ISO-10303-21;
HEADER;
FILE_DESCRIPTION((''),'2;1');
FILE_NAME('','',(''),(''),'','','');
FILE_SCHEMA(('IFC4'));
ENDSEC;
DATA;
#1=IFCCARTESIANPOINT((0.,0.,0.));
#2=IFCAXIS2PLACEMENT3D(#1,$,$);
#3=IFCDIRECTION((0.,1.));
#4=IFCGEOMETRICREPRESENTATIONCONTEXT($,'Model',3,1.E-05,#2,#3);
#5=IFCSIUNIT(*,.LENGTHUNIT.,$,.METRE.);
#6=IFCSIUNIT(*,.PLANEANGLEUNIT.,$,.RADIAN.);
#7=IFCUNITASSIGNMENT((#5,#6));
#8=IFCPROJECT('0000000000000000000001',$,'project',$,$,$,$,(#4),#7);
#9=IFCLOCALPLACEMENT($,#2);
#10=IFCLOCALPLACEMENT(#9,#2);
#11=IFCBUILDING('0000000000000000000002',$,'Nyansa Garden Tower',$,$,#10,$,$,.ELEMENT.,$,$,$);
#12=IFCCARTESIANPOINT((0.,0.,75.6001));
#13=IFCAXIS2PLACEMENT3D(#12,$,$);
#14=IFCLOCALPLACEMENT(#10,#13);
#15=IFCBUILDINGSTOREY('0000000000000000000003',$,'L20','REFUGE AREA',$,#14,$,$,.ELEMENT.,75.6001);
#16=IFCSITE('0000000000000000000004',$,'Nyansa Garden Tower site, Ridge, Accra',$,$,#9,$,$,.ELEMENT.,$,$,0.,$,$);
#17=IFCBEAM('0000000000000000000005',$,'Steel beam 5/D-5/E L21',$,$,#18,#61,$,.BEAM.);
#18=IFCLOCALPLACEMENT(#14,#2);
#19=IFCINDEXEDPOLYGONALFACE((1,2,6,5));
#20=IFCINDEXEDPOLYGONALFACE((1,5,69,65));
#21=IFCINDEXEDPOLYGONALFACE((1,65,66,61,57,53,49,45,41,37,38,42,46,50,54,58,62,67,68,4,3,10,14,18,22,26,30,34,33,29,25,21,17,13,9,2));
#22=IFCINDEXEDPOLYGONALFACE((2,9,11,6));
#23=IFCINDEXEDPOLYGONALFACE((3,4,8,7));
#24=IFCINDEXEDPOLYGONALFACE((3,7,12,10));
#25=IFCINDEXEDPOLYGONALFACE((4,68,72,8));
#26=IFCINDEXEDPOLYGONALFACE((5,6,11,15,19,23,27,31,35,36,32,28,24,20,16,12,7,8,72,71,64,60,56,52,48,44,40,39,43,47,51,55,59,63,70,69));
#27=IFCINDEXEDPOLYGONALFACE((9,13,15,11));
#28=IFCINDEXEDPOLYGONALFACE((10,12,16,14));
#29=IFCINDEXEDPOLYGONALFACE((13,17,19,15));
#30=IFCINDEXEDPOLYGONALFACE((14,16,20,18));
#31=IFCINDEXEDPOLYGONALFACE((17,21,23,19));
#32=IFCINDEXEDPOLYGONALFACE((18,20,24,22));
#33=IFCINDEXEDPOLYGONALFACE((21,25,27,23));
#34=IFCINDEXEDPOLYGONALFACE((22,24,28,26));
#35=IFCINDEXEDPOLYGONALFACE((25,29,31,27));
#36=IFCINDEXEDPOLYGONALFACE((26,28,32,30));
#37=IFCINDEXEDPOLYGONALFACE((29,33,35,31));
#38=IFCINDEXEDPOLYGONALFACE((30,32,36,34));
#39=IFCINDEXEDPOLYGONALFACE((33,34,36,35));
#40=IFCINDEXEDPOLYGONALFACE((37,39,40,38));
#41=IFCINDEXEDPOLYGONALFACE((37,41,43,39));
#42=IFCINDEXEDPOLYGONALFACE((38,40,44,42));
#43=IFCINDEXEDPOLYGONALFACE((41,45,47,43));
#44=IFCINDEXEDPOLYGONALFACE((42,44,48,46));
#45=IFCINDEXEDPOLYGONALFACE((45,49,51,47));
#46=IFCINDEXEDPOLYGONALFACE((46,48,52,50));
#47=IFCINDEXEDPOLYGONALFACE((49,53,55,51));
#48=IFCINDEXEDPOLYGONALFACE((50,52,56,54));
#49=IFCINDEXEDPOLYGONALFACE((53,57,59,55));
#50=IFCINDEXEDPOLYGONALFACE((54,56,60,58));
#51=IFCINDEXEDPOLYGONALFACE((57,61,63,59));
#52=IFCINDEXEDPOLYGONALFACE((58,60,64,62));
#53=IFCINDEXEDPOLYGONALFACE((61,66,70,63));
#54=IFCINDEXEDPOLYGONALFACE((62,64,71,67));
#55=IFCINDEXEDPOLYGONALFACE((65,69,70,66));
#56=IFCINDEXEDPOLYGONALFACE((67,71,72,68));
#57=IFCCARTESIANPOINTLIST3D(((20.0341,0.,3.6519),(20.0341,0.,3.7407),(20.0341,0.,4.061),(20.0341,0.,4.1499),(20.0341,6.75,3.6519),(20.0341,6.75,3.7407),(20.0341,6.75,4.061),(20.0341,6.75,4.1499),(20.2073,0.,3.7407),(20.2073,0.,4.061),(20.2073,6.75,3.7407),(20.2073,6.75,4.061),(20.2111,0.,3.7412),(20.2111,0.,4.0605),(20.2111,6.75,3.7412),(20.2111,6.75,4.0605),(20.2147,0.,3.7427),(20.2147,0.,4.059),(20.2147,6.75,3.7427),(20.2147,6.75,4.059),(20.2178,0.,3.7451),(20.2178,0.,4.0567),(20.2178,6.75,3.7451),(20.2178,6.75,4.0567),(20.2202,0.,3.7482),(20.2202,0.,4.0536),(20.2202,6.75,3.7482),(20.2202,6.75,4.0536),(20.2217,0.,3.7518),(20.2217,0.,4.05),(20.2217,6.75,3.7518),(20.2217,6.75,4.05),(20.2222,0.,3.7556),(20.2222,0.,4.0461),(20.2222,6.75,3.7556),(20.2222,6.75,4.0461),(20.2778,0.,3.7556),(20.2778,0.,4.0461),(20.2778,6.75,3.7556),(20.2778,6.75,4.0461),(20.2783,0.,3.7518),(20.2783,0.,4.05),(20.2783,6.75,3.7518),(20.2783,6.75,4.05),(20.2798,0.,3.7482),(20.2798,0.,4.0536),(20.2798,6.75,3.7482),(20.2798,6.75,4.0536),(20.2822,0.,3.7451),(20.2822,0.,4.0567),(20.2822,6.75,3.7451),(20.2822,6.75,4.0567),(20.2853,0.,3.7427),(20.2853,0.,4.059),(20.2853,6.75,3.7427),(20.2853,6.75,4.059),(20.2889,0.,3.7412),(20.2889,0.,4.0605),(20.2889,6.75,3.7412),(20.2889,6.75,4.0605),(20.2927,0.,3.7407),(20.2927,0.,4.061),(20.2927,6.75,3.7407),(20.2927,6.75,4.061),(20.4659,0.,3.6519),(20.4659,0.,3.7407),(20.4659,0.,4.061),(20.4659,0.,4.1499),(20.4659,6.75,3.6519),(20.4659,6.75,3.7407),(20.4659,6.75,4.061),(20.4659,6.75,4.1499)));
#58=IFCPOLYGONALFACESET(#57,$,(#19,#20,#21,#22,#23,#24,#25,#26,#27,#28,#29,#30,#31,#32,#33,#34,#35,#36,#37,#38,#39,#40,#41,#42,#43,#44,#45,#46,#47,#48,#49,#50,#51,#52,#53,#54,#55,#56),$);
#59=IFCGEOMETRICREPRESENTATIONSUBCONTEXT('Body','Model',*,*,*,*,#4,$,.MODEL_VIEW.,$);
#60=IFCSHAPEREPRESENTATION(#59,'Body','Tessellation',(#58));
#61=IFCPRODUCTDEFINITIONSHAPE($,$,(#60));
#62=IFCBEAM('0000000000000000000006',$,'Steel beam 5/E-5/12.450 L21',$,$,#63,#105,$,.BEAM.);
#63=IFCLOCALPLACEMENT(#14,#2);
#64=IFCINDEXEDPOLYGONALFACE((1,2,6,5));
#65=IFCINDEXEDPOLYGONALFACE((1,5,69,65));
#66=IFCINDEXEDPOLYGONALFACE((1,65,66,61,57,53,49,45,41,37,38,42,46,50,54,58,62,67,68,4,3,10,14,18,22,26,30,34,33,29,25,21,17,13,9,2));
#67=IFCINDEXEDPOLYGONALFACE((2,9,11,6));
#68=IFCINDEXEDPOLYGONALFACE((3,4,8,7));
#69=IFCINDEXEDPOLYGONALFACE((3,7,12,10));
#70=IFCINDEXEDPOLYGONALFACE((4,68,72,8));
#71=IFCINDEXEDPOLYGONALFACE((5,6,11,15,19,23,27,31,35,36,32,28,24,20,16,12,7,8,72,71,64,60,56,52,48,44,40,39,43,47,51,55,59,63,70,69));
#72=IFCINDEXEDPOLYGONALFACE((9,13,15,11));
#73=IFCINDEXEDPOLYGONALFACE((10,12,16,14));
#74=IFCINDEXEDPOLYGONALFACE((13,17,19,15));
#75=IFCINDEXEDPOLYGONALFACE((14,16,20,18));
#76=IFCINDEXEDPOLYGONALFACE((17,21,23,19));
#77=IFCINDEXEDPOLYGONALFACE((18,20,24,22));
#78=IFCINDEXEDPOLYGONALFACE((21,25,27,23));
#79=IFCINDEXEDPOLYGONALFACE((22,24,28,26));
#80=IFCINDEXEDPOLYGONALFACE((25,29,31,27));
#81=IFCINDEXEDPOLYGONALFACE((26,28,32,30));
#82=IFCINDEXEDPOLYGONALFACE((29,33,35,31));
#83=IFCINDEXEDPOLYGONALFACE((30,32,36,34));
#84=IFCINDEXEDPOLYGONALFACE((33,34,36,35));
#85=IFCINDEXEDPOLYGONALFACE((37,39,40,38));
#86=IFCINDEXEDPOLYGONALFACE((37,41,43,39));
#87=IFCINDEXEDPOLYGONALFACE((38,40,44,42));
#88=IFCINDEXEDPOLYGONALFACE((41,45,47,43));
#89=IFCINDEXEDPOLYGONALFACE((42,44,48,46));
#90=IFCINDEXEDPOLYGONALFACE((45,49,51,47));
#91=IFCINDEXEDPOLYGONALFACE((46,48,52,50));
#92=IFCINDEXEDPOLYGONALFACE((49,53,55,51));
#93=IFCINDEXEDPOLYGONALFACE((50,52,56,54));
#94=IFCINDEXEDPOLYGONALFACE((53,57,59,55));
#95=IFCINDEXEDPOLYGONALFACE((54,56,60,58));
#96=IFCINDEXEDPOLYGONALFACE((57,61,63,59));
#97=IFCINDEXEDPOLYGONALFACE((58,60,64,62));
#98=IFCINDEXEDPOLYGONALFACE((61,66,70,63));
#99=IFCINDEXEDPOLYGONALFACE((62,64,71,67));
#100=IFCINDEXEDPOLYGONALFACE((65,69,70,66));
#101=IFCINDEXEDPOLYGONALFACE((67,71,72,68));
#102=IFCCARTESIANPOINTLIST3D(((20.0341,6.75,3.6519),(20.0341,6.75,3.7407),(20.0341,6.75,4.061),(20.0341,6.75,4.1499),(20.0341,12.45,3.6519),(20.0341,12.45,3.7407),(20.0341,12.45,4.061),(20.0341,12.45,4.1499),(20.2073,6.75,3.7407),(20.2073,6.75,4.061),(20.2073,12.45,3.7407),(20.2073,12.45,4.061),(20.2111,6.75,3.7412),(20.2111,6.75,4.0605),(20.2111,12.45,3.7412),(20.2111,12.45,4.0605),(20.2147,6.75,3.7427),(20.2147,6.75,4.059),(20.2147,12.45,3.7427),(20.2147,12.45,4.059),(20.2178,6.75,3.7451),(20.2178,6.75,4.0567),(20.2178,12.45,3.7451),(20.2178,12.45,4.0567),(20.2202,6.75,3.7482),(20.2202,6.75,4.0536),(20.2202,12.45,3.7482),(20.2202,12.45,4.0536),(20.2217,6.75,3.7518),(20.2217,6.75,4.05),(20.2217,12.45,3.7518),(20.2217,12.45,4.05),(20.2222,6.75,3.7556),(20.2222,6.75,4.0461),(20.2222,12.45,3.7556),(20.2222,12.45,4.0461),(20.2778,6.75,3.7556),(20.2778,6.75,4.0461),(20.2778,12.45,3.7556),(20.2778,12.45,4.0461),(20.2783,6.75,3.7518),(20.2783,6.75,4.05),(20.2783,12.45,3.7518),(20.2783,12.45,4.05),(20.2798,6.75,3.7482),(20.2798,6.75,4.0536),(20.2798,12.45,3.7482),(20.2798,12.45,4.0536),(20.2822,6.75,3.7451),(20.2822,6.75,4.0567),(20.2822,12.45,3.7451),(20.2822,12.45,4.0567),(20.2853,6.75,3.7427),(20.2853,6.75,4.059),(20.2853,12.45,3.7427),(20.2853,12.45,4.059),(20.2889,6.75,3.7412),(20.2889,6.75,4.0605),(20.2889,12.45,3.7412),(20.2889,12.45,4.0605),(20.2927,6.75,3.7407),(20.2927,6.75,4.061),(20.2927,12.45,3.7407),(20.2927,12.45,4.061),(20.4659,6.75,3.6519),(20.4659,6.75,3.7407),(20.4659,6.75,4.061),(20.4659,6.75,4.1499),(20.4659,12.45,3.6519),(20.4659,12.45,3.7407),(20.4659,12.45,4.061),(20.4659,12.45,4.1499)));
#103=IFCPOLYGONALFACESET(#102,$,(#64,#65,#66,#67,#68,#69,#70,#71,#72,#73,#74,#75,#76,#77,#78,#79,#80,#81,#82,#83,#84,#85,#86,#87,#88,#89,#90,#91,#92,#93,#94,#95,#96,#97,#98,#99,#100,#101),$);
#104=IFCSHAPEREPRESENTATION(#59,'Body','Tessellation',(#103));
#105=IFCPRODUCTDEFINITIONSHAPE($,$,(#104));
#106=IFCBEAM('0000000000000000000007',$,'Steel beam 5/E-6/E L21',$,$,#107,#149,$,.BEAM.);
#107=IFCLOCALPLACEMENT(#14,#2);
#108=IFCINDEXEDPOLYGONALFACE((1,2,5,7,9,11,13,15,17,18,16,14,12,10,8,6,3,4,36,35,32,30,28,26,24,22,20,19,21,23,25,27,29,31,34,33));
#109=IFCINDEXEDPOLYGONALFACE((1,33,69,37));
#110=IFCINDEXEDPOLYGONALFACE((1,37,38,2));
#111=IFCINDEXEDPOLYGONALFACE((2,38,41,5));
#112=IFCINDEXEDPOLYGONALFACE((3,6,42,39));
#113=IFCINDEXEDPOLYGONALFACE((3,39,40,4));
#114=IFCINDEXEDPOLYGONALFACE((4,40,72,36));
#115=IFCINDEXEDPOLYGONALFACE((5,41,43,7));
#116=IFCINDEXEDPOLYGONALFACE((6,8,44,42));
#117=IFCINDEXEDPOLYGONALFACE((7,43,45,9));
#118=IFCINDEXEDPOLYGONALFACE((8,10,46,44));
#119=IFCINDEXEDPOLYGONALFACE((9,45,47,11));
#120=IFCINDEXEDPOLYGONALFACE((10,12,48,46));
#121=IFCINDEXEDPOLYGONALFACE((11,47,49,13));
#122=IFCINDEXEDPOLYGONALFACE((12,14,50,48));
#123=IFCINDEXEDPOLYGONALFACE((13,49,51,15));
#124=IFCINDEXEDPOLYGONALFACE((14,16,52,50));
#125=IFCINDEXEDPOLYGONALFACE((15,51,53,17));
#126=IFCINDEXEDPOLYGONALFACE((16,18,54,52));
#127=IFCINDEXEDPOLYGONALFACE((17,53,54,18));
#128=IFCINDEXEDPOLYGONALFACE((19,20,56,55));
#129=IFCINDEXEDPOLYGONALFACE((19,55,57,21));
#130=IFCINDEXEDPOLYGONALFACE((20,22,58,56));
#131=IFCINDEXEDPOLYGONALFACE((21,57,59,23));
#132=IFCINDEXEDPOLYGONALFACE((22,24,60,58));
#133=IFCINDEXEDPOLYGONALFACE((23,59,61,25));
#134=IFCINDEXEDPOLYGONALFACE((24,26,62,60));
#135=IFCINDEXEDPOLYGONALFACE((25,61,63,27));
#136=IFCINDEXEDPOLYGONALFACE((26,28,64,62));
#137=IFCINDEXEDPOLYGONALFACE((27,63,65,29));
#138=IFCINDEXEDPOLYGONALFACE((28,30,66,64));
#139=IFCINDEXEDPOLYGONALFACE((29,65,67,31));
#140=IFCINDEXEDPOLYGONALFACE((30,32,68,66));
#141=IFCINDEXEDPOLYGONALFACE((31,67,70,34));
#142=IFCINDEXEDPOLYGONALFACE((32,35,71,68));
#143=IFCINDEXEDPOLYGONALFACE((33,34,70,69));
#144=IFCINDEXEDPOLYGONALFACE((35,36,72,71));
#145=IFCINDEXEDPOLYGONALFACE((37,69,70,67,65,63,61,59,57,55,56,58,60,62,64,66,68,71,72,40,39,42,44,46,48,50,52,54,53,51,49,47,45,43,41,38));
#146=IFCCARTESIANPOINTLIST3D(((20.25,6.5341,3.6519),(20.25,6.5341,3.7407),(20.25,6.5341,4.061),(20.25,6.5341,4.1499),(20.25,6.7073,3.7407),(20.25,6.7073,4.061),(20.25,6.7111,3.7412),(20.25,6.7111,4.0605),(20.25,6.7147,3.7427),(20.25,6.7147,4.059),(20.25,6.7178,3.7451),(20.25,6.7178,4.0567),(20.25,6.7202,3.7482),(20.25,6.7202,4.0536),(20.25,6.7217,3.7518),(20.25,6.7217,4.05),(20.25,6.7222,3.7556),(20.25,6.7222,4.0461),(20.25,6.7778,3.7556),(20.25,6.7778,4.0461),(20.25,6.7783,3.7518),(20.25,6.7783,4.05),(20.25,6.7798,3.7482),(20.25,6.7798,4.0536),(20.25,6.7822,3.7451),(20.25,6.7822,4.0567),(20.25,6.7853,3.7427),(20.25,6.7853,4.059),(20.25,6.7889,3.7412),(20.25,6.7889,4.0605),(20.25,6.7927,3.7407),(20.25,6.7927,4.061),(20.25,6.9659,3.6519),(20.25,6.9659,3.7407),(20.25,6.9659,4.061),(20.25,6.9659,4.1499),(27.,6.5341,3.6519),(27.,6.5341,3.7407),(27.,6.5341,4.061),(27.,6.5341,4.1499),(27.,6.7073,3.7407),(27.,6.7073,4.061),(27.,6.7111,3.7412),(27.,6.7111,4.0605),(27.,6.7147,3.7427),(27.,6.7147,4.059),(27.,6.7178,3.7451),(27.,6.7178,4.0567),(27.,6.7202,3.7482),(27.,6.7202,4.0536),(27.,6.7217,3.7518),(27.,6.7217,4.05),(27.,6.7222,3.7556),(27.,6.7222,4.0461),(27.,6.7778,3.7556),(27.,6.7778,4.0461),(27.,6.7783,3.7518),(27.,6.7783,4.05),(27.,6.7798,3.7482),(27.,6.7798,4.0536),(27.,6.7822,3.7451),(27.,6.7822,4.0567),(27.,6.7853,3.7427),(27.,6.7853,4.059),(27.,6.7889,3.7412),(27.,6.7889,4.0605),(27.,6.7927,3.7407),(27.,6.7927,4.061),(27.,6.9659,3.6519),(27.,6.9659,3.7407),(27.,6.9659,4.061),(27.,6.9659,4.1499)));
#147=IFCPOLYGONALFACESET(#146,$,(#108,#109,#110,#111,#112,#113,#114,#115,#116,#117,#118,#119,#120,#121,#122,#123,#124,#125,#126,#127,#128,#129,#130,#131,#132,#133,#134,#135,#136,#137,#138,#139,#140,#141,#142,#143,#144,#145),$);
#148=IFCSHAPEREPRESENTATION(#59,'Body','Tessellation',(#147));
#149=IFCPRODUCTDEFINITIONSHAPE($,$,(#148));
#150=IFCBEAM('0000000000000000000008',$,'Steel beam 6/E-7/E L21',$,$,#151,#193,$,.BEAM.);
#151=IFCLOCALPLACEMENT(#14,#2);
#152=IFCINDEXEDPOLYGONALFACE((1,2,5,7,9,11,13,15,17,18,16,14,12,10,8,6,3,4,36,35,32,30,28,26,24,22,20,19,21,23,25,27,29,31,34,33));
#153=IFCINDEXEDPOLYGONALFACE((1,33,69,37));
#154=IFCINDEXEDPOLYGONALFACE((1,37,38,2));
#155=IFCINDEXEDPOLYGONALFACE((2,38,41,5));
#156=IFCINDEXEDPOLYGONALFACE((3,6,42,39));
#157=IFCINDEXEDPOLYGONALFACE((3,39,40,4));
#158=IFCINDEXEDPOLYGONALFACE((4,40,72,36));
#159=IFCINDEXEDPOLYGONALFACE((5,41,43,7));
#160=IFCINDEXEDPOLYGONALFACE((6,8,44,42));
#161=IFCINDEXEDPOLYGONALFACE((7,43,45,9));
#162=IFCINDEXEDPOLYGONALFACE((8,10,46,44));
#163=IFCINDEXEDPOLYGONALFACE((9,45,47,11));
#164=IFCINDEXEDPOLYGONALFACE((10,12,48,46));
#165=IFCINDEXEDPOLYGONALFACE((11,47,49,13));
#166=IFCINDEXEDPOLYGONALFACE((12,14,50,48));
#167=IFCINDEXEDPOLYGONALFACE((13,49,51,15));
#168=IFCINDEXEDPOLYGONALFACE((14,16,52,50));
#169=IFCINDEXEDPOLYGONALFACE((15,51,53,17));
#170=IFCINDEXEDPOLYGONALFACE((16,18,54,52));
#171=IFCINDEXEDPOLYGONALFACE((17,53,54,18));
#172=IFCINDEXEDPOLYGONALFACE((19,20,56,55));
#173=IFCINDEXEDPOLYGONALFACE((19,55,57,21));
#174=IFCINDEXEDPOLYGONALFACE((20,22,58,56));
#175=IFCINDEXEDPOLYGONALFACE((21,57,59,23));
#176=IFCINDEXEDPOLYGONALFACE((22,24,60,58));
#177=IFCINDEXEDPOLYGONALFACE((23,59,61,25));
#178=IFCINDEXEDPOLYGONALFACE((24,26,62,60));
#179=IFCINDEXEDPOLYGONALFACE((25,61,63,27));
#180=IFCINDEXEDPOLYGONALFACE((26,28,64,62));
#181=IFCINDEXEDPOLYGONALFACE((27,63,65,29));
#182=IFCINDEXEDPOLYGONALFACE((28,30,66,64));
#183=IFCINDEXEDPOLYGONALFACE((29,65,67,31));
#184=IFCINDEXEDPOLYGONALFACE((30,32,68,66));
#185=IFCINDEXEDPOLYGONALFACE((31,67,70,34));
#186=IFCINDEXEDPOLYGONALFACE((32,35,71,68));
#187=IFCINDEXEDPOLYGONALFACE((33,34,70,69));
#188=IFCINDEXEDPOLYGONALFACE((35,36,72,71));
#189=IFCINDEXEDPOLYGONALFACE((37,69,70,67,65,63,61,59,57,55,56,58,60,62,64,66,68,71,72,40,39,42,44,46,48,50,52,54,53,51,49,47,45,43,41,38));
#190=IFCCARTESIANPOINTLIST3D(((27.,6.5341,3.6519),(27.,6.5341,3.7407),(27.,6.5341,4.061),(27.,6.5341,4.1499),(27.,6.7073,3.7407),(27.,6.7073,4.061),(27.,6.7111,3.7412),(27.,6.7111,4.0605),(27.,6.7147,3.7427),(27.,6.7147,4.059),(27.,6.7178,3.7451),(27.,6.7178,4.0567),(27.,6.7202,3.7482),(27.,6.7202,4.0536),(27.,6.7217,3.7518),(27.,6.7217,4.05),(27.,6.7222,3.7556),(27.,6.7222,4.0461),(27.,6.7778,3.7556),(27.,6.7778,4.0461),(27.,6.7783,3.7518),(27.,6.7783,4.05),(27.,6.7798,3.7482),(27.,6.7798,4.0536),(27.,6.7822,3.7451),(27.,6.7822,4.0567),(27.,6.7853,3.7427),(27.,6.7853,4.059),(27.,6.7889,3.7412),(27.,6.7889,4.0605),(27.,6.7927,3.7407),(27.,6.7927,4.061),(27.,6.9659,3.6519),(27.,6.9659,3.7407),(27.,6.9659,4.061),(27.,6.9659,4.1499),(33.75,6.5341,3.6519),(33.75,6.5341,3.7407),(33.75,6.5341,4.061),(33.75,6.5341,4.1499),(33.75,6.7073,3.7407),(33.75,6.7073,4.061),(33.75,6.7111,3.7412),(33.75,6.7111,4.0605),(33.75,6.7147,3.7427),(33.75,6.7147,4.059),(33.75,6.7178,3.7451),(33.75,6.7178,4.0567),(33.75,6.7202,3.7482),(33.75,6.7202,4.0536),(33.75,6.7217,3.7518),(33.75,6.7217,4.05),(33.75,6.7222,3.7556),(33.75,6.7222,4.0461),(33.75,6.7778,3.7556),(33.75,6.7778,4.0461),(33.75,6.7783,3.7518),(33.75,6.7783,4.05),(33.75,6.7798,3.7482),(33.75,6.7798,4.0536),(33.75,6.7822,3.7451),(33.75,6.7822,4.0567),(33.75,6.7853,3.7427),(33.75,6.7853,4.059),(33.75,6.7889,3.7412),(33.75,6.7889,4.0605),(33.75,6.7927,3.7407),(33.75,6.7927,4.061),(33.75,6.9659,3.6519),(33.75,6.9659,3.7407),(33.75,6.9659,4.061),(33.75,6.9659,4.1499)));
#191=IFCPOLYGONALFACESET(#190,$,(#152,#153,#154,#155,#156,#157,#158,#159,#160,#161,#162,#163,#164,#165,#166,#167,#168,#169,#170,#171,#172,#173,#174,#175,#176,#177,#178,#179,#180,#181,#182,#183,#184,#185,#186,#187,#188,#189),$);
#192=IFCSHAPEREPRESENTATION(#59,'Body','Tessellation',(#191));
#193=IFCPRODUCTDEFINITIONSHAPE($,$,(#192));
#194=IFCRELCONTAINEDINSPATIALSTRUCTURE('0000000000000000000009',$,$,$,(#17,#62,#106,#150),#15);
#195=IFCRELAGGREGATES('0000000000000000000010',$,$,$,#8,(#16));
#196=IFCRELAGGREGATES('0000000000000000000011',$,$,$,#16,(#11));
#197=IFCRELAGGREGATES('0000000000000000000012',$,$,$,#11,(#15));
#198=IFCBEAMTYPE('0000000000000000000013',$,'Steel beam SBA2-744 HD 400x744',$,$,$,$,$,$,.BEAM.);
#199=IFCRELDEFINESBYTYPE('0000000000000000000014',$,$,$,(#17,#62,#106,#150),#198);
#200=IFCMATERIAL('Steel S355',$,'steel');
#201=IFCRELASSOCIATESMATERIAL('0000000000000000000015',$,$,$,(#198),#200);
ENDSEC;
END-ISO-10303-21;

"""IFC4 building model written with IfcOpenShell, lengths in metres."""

from ifc_helpers import new_model, si_unit, direction, frame, origin, origin_2d, place, context, subcontext, project, spatial, i_section, extrude, material, material_profile, profile_set, type_object, element, save


model = new_model("IFC4")

# Units and contexts
model_context = context("Model", 3, precision=1e-05, world=origin(), true_north=direction((0.0, 1.0)))
body_context = subcontext(model_context, "Body", "Model", "MODEL_VIEW")
ifc_project = project(units=[si_unit("LENGTHUNIT", "METRE"), si_unit("PLANEANGLEUNIT", "RADIAN")], contexts=[model_context])

# Site, building, storey
site_placement = place(None, origin())
site = spatial("IfcSite", under=ifc_project, at=site_placement, Name="Nyansa Garden Tower site, Ridge, Accra", CompositionType="ELEMENT", RefElevation=0.0)
building_placement = place(site_placement, origin())
building = spatial("IfcBuilding", under=site, at=building_placement, Name="Nyansa Garden Tower", CompositionType="ELEMENT")
storey_placement = place(building_placement, frame((0.0, 0.0, 75.6001)))
storey = spatial("IfcBuildingStorey", under=building, at=storey_placement, Name="L20", Description="REFUGE AREA", CompositionType="ELEMENT", Elevation=75.6001)

# Beams
ifc_material_1 = material(Name="Steel S355", Category="steel")
ifc_material_profile_1 = material_profile(ifc_material_1, i_section(OverallWidth=0.4319, OverallDepth=0.498, WebThickness=0.0557, FlangeThickness=0.0889, FilletRadius=0.0149, at=origin_2d()), Name="HD 400x744")
ifc_profile_set_1 = profile_set([ifc_material_profile_1], Name="Steel S355")
beam_type_1 = type_object("IfcBeamType", Name="Steel beam SBA2-744 HD 400x744", PredefinedType="BEAM", material=ifc_profile_set_1)
beam_1_placement = place(storey_placement, frame((20.25, 0.0, 3.9009), z_axis=(0.0, 1.0, 0.0), x_axis=(-1.0, 0.0, 0.0)))
element("IfcBeam", 1, at=beam_1_placement, inside=storey, type_object=beam_type_1, Name="Steel beam 5/D-5/E L21", PredefinedType="BEAM", context=body_context, shape_type="SweptSolid", body=[
    extrude(i_section(OverallWidth=0.4319, OverallDepth=0.498, WebThickness=0.0557, FlangeThickness=0.0889, FilletRadius=0.0149, at=origin_2d()), origin(), (0.0, 0.0, 1.0), 6.75),
])
beam_2_placement = place(storey_placement, frame((20.25, 6.75, 3.9009), z_axis=(0.0, 1.0, 0.0), x_axis=(-1.0, 0.0, 0.0)))
element("IfcBeam", 2, at=beam_2_placement, inside=storey, type_object=beam_type_1, Name="Steel beam 5/E-5/12.450 L21", PredefinedType="BEAM", context=body_context, shape_type="SweptSolid", body=[
    extrude(i_section(OverallWidth=0.4319, OverallDepth=0.498, WebThickness=0.0557, FlangeThickness=0.0889, FilletRadius=0.0149, at=origin_2d()), origin(), (0.0, 0.0, 1.0), 5.7),
])
for number, where, z_axis, x_axis, name in (
    (3, (20.25, 6.75, 3.9009), (1.0, 0.0, 0.0), (0.0, 1.0, 0.0), "Steel beam 5/E-6/E L21"),
    (4, (27.0, 6.75, 3.9009), (1.0, 0.0, 0.0), (0.0, 1.0, 0.0), "Steel beam 6/E-7/E L21"),
):
    element("IfcBeam", number, at=place(storey_placement, frame(where, z_axis=z_axis, x_axis=x_axis)), inside=storey, type_object=beam_type_1, Name=name, PredefinedType="BEAM", context=body_context, shape_type="SweptSolid", body=[
        extrude(i_section(OverallWidth=0.4319, OverallDepth=0.498, WebThickness=0.0557, FlangeThickness=0.0889, FilletRadius=0.0149, at=origin_2d()), origin(), (0.0, 0.0, 1.0), 6.75),
    ])

save(model, "model.ifc")
